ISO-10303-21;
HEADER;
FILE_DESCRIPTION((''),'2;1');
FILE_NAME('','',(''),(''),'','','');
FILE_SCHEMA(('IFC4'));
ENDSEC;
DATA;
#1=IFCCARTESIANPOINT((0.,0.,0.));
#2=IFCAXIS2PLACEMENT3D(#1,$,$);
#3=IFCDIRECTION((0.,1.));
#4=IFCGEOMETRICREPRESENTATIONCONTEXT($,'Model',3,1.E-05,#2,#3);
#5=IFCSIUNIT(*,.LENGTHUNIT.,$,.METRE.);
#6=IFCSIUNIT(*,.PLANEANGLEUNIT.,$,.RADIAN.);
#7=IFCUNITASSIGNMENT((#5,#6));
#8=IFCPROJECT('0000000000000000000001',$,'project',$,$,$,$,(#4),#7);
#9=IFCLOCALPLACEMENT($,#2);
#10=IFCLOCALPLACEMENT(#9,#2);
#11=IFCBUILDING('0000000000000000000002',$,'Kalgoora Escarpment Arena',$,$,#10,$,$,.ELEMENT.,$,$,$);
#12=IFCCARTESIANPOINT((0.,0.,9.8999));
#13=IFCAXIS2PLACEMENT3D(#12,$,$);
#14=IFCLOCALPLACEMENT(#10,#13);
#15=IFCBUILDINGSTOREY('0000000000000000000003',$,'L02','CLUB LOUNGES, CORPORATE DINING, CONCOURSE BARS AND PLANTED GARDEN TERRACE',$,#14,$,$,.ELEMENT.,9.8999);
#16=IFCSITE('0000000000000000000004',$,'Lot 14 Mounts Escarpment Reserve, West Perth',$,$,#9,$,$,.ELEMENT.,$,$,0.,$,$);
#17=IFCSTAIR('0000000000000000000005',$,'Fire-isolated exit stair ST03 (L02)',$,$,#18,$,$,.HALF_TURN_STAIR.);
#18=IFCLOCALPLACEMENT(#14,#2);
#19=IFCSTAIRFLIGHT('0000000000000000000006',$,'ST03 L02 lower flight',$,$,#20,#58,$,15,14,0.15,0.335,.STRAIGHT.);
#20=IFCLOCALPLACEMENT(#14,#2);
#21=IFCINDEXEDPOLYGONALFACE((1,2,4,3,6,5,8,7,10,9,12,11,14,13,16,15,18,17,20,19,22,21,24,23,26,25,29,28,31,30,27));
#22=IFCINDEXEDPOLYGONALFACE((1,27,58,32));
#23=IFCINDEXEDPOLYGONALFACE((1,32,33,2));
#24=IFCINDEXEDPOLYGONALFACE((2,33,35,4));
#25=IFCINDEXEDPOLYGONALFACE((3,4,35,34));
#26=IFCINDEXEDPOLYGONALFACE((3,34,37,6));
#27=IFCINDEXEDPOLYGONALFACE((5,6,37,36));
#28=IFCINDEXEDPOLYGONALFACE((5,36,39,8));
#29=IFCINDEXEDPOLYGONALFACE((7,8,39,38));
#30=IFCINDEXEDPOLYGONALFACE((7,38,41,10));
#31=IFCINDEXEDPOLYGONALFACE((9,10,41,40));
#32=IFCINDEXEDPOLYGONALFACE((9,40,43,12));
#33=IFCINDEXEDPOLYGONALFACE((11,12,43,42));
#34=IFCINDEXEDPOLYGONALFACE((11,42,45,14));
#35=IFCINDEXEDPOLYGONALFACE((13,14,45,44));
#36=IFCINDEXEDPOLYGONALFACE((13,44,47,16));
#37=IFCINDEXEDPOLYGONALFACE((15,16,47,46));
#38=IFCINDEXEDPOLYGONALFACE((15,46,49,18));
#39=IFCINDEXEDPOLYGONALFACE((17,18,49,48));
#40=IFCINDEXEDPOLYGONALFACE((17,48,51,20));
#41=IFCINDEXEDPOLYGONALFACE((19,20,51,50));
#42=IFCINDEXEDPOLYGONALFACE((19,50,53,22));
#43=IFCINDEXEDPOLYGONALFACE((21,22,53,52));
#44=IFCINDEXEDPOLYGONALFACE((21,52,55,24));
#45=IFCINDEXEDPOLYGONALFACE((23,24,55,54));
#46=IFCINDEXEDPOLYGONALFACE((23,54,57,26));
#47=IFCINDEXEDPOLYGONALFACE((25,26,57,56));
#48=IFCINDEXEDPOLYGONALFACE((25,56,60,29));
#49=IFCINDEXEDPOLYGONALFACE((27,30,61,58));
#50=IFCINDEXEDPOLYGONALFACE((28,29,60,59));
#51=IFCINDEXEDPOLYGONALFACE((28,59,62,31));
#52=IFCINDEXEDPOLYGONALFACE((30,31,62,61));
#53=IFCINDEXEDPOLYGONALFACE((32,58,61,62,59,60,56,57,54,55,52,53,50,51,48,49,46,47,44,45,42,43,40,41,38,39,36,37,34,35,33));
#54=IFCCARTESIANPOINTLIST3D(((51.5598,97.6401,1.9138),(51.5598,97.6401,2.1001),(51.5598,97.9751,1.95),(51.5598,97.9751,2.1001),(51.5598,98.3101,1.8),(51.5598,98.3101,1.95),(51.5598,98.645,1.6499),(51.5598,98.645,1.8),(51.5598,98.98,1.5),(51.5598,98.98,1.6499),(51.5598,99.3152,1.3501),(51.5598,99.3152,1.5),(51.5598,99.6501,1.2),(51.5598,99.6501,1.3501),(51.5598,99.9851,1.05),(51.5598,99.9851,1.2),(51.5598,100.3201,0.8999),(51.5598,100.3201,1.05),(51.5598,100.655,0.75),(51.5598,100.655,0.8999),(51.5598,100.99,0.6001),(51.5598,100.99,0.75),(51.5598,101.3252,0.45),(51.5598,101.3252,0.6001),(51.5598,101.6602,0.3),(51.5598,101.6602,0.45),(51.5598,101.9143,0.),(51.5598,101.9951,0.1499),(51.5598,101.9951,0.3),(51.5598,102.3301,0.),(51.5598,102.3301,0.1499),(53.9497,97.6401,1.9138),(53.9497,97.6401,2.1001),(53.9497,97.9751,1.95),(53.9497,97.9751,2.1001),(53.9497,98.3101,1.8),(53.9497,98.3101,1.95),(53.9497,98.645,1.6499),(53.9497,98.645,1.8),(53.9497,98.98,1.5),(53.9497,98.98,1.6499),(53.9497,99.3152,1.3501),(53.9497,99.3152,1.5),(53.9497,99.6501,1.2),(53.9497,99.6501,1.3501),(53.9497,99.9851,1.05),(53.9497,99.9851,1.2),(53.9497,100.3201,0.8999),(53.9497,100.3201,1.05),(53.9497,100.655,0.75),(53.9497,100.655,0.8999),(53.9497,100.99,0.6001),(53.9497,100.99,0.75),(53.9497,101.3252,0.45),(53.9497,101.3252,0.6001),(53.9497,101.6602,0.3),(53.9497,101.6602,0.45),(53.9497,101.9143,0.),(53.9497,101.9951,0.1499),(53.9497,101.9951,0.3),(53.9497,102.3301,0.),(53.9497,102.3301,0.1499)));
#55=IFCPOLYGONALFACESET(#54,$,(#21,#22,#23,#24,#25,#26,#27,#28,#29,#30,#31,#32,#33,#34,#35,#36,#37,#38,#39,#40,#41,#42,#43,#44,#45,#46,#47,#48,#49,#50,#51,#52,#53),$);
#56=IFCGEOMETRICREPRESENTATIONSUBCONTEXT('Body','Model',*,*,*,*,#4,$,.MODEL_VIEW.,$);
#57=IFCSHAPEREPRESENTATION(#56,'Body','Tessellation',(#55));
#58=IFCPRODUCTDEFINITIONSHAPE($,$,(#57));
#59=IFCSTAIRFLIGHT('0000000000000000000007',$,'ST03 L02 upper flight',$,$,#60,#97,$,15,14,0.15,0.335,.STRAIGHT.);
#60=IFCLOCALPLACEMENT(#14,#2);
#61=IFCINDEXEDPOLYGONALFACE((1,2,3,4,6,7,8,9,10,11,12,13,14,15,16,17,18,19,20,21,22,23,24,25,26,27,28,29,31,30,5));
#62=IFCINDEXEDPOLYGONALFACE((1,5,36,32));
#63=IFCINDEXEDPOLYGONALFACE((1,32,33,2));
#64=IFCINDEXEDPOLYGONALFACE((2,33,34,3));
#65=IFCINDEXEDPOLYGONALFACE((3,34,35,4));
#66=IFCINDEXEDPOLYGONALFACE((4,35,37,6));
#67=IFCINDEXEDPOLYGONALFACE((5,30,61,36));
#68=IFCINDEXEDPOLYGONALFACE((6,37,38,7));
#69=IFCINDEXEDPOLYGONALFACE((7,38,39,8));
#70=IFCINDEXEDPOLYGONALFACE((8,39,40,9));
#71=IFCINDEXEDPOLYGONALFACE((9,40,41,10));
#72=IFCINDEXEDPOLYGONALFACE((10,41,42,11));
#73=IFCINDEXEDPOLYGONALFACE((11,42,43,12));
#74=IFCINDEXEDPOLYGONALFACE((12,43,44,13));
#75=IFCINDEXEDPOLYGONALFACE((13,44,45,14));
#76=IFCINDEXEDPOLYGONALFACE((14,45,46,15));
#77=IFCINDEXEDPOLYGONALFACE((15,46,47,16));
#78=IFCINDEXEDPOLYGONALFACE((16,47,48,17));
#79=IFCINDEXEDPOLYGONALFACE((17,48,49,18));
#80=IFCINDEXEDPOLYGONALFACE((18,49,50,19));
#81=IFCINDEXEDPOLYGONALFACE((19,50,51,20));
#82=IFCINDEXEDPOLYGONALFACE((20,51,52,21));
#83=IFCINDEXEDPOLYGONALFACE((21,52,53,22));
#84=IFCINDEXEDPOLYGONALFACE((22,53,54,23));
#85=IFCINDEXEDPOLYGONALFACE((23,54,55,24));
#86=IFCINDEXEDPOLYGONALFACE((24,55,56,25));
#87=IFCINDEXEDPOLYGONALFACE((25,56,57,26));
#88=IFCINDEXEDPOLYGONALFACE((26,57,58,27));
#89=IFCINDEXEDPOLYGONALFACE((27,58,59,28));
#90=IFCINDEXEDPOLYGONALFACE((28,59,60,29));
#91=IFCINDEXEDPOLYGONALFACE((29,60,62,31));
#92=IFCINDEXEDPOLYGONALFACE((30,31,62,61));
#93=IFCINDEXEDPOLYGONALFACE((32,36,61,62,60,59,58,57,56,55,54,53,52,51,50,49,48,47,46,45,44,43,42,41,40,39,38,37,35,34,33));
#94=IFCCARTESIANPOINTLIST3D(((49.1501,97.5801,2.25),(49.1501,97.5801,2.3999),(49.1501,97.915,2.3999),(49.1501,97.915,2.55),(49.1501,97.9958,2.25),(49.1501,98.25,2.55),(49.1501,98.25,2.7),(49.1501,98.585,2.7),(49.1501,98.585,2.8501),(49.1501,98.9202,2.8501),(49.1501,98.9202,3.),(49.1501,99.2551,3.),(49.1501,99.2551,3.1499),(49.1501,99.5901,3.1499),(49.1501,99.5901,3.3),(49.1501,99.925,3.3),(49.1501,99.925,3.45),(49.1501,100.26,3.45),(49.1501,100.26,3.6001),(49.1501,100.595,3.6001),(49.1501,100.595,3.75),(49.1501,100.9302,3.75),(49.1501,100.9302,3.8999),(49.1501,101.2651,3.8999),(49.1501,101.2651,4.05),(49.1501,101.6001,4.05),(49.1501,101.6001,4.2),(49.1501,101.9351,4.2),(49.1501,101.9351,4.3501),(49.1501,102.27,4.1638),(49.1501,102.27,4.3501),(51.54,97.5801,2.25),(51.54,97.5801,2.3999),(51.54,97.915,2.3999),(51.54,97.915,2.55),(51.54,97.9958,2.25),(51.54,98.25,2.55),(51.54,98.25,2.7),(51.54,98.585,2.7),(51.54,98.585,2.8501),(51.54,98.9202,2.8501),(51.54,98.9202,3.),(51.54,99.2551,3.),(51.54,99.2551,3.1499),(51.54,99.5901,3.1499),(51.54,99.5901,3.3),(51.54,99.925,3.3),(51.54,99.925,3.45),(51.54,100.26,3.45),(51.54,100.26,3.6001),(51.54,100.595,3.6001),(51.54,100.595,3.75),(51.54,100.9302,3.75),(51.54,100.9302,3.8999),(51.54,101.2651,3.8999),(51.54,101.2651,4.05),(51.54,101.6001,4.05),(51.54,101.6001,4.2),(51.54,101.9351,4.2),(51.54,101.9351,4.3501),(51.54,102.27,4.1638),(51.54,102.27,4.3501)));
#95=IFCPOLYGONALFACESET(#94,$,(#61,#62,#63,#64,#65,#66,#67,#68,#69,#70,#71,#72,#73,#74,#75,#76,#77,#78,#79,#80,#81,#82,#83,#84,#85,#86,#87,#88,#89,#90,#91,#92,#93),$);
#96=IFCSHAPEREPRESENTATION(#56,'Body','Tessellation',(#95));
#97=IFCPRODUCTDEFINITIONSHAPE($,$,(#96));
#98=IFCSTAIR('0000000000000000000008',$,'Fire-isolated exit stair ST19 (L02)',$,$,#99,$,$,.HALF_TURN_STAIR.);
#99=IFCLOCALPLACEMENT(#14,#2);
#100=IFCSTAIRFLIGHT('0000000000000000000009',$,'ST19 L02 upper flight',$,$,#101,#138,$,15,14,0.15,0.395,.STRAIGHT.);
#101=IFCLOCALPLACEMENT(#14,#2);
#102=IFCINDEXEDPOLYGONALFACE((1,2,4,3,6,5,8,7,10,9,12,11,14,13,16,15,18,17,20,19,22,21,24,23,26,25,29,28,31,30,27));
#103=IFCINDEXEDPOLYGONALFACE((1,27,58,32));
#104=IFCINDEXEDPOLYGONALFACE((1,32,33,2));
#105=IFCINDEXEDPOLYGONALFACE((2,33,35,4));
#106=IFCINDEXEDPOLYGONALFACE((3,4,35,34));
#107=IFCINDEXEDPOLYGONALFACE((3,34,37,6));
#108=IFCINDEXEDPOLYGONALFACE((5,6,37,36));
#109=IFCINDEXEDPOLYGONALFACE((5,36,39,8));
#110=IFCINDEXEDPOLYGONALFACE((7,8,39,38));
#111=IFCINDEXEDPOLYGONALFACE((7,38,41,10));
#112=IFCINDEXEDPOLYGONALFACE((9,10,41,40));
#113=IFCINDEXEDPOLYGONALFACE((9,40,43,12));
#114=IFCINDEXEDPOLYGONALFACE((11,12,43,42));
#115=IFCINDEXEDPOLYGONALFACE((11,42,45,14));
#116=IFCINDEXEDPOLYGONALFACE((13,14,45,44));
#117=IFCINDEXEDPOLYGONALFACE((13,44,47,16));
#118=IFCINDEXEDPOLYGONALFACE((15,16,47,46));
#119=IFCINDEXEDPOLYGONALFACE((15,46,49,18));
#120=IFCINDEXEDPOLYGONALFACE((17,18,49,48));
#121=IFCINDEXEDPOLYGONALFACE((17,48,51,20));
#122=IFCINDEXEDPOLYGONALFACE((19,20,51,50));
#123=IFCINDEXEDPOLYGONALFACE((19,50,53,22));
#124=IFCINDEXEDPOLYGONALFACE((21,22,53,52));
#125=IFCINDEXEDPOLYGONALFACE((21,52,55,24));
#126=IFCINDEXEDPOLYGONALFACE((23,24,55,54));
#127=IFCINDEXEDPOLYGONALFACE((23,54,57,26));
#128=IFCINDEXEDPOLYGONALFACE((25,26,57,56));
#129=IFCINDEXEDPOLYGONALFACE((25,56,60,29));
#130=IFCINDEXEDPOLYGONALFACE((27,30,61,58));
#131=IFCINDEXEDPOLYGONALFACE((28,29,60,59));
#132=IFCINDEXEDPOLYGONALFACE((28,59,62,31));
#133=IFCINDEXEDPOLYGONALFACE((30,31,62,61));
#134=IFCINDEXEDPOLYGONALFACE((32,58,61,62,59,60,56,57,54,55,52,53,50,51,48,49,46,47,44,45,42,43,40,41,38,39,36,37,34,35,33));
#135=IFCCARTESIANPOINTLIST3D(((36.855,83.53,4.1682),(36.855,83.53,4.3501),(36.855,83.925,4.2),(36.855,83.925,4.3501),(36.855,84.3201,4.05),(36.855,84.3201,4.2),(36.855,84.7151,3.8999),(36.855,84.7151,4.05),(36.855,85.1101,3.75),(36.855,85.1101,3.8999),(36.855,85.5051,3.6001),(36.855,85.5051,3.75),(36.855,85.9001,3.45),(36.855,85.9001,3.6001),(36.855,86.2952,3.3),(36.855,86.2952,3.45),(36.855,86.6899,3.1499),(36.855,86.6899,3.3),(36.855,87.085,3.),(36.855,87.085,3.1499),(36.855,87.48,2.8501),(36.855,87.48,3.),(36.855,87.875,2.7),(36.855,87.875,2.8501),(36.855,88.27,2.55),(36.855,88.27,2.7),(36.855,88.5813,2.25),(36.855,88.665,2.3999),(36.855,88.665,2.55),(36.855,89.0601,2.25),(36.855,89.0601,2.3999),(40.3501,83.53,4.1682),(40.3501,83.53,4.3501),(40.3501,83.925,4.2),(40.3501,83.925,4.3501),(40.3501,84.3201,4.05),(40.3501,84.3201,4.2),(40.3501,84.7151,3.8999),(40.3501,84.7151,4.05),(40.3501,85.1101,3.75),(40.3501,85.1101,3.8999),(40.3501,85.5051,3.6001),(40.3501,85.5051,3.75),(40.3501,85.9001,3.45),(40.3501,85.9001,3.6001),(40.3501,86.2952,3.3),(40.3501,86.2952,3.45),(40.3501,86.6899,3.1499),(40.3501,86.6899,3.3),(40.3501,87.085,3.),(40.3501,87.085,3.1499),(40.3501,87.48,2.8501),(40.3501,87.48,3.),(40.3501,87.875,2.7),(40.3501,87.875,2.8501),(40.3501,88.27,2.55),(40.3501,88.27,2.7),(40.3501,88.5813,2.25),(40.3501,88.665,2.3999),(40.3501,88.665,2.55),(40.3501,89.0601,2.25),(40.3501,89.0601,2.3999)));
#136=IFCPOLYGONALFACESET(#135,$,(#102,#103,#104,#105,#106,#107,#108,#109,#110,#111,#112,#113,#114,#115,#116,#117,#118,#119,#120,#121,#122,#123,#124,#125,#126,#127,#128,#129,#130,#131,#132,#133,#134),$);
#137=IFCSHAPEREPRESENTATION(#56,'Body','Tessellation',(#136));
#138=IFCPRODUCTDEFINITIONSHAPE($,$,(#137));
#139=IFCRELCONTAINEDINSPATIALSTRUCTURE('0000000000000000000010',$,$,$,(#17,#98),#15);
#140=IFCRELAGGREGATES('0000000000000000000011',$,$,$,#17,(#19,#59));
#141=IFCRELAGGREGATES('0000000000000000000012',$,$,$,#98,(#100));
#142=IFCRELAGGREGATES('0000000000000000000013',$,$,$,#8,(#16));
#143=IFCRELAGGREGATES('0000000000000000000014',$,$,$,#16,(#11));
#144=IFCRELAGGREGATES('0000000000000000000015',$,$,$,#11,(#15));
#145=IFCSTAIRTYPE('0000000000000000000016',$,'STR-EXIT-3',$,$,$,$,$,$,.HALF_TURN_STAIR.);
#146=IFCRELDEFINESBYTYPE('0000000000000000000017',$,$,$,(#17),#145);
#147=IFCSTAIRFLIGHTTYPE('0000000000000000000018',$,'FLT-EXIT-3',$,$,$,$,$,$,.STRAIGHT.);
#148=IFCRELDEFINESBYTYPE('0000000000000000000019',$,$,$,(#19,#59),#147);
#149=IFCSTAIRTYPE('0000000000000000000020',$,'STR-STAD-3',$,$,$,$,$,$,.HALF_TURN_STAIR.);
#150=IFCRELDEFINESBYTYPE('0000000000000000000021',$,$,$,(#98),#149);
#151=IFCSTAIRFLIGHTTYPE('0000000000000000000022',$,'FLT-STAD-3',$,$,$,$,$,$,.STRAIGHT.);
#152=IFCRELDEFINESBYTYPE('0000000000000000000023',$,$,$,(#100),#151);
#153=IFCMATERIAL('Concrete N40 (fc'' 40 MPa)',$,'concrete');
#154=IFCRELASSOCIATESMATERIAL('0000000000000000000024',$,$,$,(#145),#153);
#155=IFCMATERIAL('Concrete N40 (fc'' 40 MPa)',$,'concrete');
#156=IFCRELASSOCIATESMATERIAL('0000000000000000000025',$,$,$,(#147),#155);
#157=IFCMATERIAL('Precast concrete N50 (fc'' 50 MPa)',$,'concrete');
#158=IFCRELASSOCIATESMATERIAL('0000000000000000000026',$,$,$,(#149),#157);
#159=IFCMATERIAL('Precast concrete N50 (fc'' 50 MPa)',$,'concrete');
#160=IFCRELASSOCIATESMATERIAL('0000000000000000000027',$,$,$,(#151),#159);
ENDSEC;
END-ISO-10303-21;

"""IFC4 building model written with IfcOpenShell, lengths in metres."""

from ifc_helpers import new_model, si_unit, direction, frame, origin, place, context, subcontext, project, spatial, polyline, outline, extrude, material, type_object, element, aggregate, save


model = new_model("IFC4")

# Units and contexts
model_context = context("Model", 3, precision=1e-05, world=origin(), true_north=direction((0.0, 1.0)))
body_context = subcontext(model_context, "Body", "Model", "MODEL_VIEW")
ifc_project = project(units=[si_unit("LENGTHUNIT", "METRE"), si_unit("PLANEANGLEUNIT", "RADIAN")], contexts=[model_context])

# Site, building, storey
site_placement = place(None, origin())
site = spatial("IfcSite", under=ifc_project, at=site_placement, Name="Lot 14 Mounts Escarpment Reserve, West Perth", CompositionType="ELEMENT", RefElevation=0.0)
building_placement = place(site_placement, origin())
building = spatial("IfcBuilding", under=site, at=building_placement, Name="Kalgoora Escarpment Arena", CompositionType="ELEMENT")
storey_placement = place(building_placement, frame((0.0, 0.0, 9.8999)))
storey = spatial("IfcBuildingStorey", under=building, at=storey_placement, Name="L02", Description="CLUB LOUNGES, CORPORATE DINING, CONCOURSE BARS AND PLANTED GARDEN TERRACE", CompositionType="ELEMENT", Elevation=9.8999)

# Stair, stair flights
ifc_material_1 = material(Name="Concrete N40 (fc' 40 MPa)", Category="concrete")
stair_type_1 = type_object("IfcStairType", Name="STR-EXIT-3", PredefinedType="HALF_TURN_STAIR", material=ifc_material_1)
stair_1_placement = place(storey_placement, origin())
stair_1 = element("IfcStair", 1, at=stair_1_placement, inside=storey, type_object=stair_type_1, Name="Fire-isolated exit stair ST03 (L02)", PredefinedType="HALF_TURN_STAIR")
ifc_material_2 = material(Name="Concrete N40 (fc' 40 MPa)", Category="concrete")
stair_flight_type_1 = type_object("IfcStairFlightType", Name="FLT-EXIT-3", PredefinedType="STRAIGHT", material=ifc_material_2)
stair_flight_1_placement = place(storey_placement, frame((52.7549, 102.3301, 0.0), z_axis=(0.0, 0.0, 1.0), x_axis=(0.0, -1.0, 0.0)))
stair_flight_1 = element("IfcStairFlight", 2, at=stair_flight_1_placement, type_object=stair_flight_type_1, Name="ST03 L02 lower flight", NumberOfRisers=15, NumberOfTreads=14, PredefinedType="STRAIGHT", RiserHeight=0.15, TreadLength=0.335, context=body_context, shape_type="SweptSolid", body=[
    extrude(outline(polyline([(0.0, 0.0), (0.0, 0.1499), (0.335, 0.1499), (0.335, 0.3), (0.6699, 0.3), (0.6699, 0.45), (1.0049, 0.45), (1.0049, 0.6001), (1.3401, 0.6001), (1.3401, 0.75), (1.675, 0.75), (1.675, 0.8999), (2.01, 0.8999), (2.01, 1.05), (2.345, 1.05), (2.345, 1.2), (2.6799, 1.2), (2.6799, 1.3501), (3.0149, 1.3501), (3.0149, 1.5), (3.3501, 1.5), (3.3501, 1.6499), (3.6851, 1.6499), (3.6851, 1.8), (4.02, 1.8), (4.02, 1.95), (4.355, 1.95), (4.355, 2.1001), (4.6899, 2.1001), (4.6899, 2.25), (4.6899, 1.9138), (0.4158, 0.0), (0.0, 0.0)])), frame((0.0, 1.1948, 0.0), z_axis=(0.0, -1.0, 0.0), x_axis=(1.0, 0.0, 0.0)), (0.0, 0.0, 1.0), 2.3899),
])
stair_flight_2_placement = place(storey_placement, frame((50.345, 97.5801, 2.25), z_axis=(0.0, 0.0, 1.0), x_axis=(0.0, 1.0, 0.0)))
stair_flight_2 = element("IfcStairFlight", 3, at=stair_flight_2_placement, type_object=stair_flight_type_1, Name="ST03 L02 upper flight", NumberOfRisers=15, NumberOfTreads=14, PredefinedType="STRAIGHT", RiserHeight=0.15, TreadLength=0.335, context=body_context, shape_type="SweptSolid", body=[
    extrude(outline(polyline([(0.0, 0.0), (0.0, 0.1499), (0.335, 0.1499), (0.335, 0.3), (0.6699, 0.3), (0.6699, 0.45), (1.0049, 0.45), (1.0049, 0.6001), (1.3401, 0.6001), (1.3401, 0.75), (1.675, 0.75), (1.675, 0.8999), (2.01, 0.8999), (2.01, 1.05), (2.345, 1.05), (2.345, 1.2), (2.6799, 1.2), (2.6799, 1.3501), (3.0149, 1.3501), (3.0149, 1.5), (3.3501, 1.5), (3.3501, 1.6499), (3.6851, 1.6499), (3.6851, 1.8), (4.02, 1.8), (4.02, 1.95), (4.355, 1.95), (4.355, 2.1001), (4.6899, 2.1001), (4.6899, 2.25), (4.6899, 1.9138), (0.4158, 0.0), (0.0, 0.0)])), frame((0.0, 1.1948, 0.0), z_axis=(0.0, -1.0, 0.0), x_axis=(1.0, 0.0, 0.0)), (0.0, 0.0, 1.0), 2.3899),
])
aggregate(stair_1, [stair_flight_1, stair_flight_2])

# Stair, stair flight
ifc_material_3 = material(Name="Precast concrete N50 (fc' 50 MPa)", Category="concrete")
stair_type_2 = type_object("IfcStairType", Name="STR-STAD-3", PredefinedType="HALF_TURN_STAIR", material=ifc_material_3)
stair_2_placement = place(storey_placement, origin())
stair_2 = element("IfcStair", 4, at=stair_2_placement, inside=storey, type_object=stair_type_2, Name="Fire-isolated exit stair ST19 (L02)", PredefinedType="HALF_TURN_STAIR")
ifc_material_4 = material(Name="Precast concrete N50 (fc' 50 MPa)", Category="concrete")
stair_flight_type_2 = type_object("IfcStairFlightType", Name="FLT-STAD-3", PredefinedType="STRAIGHT", material=ifc_material_4)
stair_flight_3_placement = place(storey_placement, frame((38.6025, 89.0601, 2.25), z_axis=(0.0, 0.0, 1.0), x_axis=(0.0, -1.0, 0.0)))
stair_flight_3 = element("IfcStairFlight", 5, at=stair_flight_3_placement, type_object=stair_flight_type_2, Name="ST19 L02 upper flight", NumberOfRisers=15, NumberOfTreads=14, PredefinedType="STRAIGHT", RiserHeight=0.15, TreadLength=0.395, context=body_context, shape_type="SweptSolid", body=[
    extrude(outline(polyline([(0.0, 0.0), (0.0, 0.1499), (0.395, 0.1499), (0.395, 0.3), (0.79, 0.3), (0.79, 0.45), (1.1851, 0.45), (1.1851, 0.6001), (1.5801, 0.6001), (1.5801, 0.75), (1.9751, 0.75), (1.9751, 0.8999), (2.3701, 0.8999), (2.3701, 1.05), (2.7649, 1.05), (2.7649, 1.2), (3.1599, 1.2), (3.1599, 1.3501), (3.5549, 1.3501), (3.5549, 1.5), (3.95, 1.5), (3.95, 1.6499), (4.345, 1.6499), (4.345, 1.8), (4.74, 1.8), (4.74, 1.95), (5.135, 1.95), (5.135, 2.1001), (5.53, 2.1001), (5.53, 2.25), (5.53, 1.9182), (0.4788, 0.0), (0.0, 0.0)])), frame((0.0, 1.7476, 0.0), z_axis=(0.0, -1.0, 0.0), x_axis=(1.0, 0.0, 0.0)), (0.0, 0.0, 1.0), 3.4951),
])
aggregate(stair_2, [stair_flight_3])

save(model, "model.ifc")
